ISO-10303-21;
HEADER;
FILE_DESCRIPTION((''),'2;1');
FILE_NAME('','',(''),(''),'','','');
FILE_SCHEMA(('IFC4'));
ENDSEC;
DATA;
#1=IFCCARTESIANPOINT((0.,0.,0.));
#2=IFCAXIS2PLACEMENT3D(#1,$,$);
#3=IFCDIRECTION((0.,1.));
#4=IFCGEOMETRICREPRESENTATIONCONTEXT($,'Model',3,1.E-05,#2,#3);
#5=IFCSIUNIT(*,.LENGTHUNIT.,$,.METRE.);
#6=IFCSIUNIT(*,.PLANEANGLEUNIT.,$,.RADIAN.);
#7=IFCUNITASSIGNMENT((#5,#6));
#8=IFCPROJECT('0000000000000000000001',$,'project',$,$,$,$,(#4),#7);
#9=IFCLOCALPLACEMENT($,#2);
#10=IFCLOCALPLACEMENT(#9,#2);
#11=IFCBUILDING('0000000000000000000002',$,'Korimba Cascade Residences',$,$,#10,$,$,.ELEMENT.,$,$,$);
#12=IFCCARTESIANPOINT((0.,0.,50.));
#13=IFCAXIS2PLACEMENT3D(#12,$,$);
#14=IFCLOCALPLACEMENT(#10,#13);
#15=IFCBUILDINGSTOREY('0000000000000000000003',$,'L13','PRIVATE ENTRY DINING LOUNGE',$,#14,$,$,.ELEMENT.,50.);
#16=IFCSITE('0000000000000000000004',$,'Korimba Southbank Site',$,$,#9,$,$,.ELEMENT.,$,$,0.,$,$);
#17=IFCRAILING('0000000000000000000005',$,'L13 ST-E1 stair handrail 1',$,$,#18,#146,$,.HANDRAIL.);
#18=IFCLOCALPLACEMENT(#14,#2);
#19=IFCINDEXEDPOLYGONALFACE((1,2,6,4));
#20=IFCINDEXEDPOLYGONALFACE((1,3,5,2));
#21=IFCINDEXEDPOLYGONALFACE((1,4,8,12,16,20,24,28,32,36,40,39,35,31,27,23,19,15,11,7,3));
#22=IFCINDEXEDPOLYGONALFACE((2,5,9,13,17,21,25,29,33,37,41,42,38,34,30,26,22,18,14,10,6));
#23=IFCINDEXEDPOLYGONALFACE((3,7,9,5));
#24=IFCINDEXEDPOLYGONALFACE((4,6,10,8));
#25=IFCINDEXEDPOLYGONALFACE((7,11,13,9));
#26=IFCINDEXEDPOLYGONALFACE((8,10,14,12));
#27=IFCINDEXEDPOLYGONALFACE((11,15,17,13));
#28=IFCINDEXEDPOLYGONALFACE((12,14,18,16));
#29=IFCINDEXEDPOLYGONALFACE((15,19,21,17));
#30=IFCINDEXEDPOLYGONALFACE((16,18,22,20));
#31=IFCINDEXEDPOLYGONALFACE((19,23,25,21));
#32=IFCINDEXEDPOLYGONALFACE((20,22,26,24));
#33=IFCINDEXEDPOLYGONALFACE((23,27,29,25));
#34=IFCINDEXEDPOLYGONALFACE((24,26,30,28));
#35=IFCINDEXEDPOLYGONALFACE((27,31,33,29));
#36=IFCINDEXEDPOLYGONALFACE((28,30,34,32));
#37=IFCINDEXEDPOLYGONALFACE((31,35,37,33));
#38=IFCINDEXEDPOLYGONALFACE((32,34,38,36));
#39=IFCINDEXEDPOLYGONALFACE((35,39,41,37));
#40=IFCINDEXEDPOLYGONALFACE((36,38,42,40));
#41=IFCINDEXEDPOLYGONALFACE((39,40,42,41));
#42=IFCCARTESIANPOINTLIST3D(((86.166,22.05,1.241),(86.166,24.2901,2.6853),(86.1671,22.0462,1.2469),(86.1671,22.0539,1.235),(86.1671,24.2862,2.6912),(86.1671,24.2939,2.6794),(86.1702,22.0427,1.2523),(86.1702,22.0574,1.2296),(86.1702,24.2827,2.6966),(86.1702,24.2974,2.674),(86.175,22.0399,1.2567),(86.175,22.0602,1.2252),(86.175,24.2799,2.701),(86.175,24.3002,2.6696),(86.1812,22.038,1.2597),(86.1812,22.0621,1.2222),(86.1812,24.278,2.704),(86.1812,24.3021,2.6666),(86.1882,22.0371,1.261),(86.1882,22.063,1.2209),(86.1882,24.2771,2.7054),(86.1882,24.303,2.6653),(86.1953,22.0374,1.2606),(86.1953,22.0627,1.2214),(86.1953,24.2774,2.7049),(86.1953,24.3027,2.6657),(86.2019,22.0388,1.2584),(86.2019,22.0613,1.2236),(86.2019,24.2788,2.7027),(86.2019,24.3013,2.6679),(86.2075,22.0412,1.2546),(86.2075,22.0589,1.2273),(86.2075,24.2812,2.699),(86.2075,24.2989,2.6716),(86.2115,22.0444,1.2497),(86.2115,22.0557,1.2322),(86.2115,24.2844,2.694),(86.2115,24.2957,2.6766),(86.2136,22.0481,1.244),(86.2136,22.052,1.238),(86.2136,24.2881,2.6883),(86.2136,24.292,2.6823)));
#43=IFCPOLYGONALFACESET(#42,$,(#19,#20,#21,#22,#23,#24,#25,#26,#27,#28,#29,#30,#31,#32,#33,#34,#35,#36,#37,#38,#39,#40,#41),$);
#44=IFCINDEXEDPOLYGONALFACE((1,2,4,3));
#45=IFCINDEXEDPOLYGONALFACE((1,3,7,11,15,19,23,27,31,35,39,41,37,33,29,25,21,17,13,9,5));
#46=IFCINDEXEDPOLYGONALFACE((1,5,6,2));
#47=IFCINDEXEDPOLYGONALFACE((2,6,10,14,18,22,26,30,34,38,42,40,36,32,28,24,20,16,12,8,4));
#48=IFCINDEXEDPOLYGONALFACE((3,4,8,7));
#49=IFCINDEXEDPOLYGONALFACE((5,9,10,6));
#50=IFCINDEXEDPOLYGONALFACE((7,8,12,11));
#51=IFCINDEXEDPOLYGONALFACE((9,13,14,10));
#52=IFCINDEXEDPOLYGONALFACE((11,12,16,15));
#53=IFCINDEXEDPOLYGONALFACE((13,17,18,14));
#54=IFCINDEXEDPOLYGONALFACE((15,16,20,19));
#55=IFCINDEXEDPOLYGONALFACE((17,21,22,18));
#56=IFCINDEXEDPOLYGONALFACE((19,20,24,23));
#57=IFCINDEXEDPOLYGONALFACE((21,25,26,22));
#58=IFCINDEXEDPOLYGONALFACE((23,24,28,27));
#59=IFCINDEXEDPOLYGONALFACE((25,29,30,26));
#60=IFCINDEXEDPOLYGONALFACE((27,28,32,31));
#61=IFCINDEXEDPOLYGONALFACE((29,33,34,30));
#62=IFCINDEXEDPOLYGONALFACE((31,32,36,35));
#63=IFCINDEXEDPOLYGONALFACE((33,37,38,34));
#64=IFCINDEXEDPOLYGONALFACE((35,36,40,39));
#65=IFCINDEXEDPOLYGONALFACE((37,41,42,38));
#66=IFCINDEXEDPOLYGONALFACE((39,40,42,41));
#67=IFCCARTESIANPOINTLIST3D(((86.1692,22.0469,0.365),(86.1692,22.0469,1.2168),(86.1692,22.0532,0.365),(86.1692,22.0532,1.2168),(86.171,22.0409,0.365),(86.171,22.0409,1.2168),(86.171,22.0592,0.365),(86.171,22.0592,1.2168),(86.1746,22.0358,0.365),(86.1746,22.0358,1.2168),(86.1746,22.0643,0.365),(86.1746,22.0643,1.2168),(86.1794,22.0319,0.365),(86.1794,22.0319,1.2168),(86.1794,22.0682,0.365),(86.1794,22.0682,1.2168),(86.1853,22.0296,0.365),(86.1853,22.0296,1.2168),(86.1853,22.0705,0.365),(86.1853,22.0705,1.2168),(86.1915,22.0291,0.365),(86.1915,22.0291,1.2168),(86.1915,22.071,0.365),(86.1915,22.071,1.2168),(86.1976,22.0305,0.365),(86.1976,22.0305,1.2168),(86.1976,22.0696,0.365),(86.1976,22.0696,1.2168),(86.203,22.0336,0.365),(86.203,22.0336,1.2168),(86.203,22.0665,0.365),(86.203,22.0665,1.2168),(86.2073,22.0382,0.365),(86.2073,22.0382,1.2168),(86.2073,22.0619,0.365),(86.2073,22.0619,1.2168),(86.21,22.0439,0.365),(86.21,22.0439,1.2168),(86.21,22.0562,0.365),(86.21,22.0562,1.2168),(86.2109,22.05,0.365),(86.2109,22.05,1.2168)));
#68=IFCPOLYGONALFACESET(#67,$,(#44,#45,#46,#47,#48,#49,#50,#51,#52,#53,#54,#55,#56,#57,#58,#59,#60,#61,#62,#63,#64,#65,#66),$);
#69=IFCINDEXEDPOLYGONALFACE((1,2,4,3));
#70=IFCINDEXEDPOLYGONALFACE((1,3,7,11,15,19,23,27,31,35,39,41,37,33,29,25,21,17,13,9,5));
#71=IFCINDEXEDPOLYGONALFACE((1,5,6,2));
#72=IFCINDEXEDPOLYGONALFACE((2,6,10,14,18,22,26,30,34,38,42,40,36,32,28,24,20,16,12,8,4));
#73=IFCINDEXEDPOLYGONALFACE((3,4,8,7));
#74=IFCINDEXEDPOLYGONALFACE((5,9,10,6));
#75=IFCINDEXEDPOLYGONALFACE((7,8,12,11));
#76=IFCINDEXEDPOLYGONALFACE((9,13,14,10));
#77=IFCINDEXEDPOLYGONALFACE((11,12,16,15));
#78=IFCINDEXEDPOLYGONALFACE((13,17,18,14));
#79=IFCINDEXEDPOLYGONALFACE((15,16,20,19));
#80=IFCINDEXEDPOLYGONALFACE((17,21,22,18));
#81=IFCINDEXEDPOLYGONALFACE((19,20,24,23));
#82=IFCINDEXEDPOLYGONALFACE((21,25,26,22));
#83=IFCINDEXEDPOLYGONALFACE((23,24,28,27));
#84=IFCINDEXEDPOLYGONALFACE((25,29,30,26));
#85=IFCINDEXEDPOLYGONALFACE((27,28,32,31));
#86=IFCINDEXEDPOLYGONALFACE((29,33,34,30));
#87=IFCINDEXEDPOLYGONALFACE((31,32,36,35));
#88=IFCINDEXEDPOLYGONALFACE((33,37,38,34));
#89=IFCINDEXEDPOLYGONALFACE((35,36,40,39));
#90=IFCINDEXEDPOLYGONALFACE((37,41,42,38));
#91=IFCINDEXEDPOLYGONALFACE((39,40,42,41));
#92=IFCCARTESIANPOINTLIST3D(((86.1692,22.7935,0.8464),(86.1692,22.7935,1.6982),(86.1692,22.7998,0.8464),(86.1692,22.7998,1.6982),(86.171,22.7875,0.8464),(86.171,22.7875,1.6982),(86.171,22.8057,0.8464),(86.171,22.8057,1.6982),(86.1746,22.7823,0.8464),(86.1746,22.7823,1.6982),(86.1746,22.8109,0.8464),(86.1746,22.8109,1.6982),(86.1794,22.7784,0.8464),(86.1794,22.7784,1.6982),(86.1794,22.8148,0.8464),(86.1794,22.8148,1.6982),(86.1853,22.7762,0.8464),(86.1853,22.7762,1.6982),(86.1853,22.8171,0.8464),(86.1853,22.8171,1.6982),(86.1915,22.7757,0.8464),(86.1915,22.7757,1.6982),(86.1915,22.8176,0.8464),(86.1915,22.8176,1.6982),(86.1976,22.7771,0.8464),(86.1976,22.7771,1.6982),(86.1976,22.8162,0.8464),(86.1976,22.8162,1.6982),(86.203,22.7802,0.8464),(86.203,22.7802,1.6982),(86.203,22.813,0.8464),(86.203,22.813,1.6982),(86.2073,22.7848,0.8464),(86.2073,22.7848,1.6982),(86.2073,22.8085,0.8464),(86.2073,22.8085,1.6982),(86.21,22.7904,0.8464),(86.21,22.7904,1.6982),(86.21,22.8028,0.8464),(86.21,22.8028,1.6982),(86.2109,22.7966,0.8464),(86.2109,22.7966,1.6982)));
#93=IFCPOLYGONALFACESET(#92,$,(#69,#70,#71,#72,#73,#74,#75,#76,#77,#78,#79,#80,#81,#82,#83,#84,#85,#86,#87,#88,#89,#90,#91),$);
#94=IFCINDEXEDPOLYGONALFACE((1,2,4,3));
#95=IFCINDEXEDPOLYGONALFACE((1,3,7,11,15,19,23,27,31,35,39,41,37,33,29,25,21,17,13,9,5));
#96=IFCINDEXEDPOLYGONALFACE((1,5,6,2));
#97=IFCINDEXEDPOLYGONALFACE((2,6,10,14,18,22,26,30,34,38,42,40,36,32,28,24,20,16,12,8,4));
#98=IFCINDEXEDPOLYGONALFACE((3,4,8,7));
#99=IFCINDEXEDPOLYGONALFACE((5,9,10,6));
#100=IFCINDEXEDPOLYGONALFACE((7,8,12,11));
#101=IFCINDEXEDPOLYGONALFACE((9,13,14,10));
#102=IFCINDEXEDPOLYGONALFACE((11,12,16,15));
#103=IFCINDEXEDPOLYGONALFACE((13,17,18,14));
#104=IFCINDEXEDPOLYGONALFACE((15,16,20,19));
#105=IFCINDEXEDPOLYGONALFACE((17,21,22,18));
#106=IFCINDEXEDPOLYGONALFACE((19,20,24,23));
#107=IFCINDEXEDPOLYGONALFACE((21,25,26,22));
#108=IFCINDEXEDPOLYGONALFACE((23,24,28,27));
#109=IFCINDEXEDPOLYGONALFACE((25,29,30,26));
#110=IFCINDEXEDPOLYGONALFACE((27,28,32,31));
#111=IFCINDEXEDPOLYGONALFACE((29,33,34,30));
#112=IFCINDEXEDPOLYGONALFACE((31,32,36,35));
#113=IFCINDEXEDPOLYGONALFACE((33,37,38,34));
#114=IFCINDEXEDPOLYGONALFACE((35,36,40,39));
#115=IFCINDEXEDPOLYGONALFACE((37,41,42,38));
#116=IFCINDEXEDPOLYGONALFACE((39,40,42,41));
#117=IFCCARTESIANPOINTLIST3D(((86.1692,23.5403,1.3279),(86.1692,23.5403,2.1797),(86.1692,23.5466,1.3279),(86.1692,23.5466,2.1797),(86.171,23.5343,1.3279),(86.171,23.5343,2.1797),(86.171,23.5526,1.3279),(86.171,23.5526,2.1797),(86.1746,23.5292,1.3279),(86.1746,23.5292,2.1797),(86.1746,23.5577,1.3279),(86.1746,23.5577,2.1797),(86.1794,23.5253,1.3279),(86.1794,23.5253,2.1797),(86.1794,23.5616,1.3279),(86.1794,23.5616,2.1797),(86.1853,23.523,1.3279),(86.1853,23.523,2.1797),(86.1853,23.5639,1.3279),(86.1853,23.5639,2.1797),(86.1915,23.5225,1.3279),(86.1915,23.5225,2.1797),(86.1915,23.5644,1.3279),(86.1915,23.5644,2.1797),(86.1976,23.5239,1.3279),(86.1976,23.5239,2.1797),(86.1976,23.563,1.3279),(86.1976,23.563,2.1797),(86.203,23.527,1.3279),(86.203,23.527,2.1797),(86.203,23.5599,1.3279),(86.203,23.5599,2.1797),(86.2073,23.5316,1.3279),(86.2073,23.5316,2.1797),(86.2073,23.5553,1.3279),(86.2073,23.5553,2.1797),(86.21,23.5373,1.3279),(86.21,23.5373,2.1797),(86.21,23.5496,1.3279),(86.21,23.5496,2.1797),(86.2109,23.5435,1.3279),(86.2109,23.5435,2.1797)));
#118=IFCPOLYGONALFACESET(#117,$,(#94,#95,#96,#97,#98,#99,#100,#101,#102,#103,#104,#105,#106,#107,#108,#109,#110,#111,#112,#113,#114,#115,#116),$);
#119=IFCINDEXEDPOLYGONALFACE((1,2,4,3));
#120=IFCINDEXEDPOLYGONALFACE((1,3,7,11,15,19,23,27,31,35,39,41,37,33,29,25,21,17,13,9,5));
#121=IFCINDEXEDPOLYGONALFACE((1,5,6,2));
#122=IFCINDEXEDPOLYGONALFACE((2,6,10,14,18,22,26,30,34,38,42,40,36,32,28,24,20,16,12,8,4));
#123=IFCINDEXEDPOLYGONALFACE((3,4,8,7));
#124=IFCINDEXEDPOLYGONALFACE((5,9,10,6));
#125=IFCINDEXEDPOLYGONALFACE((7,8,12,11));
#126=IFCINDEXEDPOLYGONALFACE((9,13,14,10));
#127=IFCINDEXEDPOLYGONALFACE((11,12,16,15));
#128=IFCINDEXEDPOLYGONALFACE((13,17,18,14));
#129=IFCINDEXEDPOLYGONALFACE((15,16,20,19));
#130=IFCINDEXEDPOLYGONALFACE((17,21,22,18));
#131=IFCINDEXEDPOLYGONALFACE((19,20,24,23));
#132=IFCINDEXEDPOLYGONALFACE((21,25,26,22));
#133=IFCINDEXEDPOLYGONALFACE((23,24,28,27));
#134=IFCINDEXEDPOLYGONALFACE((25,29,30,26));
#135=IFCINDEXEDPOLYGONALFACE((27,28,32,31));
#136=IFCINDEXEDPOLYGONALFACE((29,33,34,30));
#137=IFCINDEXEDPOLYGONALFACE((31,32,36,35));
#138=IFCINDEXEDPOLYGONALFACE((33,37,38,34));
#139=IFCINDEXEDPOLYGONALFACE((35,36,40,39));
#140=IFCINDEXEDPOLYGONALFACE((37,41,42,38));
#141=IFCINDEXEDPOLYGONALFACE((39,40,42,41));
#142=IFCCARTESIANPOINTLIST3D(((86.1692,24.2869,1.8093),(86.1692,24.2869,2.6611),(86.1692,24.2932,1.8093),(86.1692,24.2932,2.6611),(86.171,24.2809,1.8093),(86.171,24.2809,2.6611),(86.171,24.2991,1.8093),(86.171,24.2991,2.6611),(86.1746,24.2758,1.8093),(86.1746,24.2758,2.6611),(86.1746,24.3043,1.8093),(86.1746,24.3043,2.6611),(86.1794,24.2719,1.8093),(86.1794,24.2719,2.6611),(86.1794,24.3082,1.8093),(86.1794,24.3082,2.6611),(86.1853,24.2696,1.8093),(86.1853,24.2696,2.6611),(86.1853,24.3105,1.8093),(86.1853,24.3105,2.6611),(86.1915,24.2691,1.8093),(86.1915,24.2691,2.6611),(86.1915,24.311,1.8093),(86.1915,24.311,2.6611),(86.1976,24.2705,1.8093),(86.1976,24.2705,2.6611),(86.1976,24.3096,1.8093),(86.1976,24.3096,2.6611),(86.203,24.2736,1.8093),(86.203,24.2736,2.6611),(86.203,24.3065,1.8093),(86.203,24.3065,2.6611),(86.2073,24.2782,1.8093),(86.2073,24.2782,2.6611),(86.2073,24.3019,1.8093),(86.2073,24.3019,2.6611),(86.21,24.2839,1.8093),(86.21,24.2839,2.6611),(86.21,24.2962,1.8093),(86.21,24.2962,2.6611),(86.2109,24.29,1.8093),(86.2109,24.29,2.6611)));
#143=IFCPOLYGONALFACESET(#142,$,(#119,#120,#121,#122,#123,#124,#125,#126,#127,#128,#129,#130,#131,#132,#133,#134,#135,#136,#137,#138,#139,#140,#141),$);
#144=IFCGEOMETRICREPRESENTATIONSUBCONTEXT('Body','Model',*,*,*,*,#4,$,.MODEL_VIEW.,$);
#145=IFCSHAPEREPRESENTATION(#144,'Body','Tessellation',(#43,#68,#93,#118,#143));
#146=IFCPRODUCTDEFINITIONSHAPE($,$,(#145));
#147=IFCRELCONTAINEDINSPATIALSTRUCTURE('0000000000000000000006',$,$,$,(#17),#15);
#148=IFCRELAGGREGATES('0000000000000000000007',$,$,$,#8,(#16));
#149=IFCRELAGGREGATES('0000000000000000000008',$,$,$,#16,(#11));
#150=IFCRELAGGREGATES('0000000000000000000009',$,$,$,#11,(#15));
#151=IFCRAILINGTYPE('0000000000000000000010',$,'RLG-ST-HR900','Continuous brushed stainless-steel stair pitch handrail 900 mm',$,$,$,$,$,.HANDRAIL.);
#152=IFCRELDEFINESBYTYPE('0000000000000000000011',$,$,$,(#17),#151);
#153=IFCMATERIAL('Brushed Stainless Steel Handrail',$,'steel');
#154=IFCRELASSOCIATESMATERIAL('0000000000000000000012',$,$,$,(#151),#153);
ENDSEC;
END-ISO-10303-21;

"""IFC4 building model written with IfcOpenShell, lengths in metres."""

from ifc_helpers import new_model, si_unit, direction, frame, origin, origin_2d, place, context, subcontext, project, spatial, circle, extrude, material, type_object, element, save


model = new_model("IFC4")

# Units and contexts
model_context = context("Model", 3, precision=1e-05, world=origin(), true_north=direction((0.0, 1.0)))
body_context = subcontext(model_context, "Body", "Model", "MODEL_VIEW")
ifc_project = project(units=[si_unit("LENGTHUNIT", "METRE"), si_unit("PLANEANGLEUNIT", "RADIAN")], contexts=[model_context])

# Site, building, storey
site_placement = place(None, origin())
site = spatial("IfcSite", under=ifc_project, at=site_placement, Name="Korimba Southbank Site", CompositionType="ELEMENT", RefElevation=0.0)
building_placement = place(site_placement, origin())
building = spatial("IfcBuilding", under=site, at=building_placement, Name="Korimba Cascade Residences", CompositionType="ELEMENT")
storey_placement = place(building_placement, frame((0.0, 0.0, 50.0)))
storey = spatial("IfcBuildingStorey", under=building, at=storey_placement, Name="L13", Description="PRIVATE ENTRY DINING LOUNGE", CompositionType="ELEMENT", Elevation=50.0)

# Railing
ifc_material_1 = material(Name="Brushed Stainless Steel Handrail", Category="steel")
railing_type = type_object("IfcRailingType", Name="RLG-ST-HR900", Description="Continuous brushed stainless-steel stair pitch handrail 900 mm", PredefinedType="HANDRAIL", material=ifc_material_1)
railing_placement = place(storey_placement, frame((86.1899, 22.05, 0.365)))
element("IfcRailing", 1, at=railing_placement, inside=storey, type_object=railing_type, Name="L13 ST-E1 stair handrail 1", PredefinedType="HANDRAIL", context=body_context, shape_type="SweptSolid", body=[
    extrude(circle(Radius=0.0239, at=origin_2d()), frame((0.0, 0.0, 0.876), z_axis=(0.0, 0.840437, 0.54191), x_axis=(-1.0, 0.0, 0.0)), (0.0, 0.0, 1.0), 2.6653),
    extrude(circle(Radius=0.021, at=origin_2d()), origin(), (0.0, 0.0, 1.0), 0.8518),
    extrude(circle(Radius=0.021, at=origin_2d()), frame((0.0, 0.7466, 0.4814)), (0.0, 0.0, 1.0), 0.8518),
    extrude(circle(Radius=0.021, at=origin_2d()), frame((0.0, 1.4934, 0.9629)), (0.0, 0.0, 1.0), 0.8518),
    extrude(circle(Radius=0.021, at=origin_2d()), frame((0.0, 2.24, 1.4443)), (0.0, 0.0, 1.0), 0.8518),
])

save(model, "model.ifc")
